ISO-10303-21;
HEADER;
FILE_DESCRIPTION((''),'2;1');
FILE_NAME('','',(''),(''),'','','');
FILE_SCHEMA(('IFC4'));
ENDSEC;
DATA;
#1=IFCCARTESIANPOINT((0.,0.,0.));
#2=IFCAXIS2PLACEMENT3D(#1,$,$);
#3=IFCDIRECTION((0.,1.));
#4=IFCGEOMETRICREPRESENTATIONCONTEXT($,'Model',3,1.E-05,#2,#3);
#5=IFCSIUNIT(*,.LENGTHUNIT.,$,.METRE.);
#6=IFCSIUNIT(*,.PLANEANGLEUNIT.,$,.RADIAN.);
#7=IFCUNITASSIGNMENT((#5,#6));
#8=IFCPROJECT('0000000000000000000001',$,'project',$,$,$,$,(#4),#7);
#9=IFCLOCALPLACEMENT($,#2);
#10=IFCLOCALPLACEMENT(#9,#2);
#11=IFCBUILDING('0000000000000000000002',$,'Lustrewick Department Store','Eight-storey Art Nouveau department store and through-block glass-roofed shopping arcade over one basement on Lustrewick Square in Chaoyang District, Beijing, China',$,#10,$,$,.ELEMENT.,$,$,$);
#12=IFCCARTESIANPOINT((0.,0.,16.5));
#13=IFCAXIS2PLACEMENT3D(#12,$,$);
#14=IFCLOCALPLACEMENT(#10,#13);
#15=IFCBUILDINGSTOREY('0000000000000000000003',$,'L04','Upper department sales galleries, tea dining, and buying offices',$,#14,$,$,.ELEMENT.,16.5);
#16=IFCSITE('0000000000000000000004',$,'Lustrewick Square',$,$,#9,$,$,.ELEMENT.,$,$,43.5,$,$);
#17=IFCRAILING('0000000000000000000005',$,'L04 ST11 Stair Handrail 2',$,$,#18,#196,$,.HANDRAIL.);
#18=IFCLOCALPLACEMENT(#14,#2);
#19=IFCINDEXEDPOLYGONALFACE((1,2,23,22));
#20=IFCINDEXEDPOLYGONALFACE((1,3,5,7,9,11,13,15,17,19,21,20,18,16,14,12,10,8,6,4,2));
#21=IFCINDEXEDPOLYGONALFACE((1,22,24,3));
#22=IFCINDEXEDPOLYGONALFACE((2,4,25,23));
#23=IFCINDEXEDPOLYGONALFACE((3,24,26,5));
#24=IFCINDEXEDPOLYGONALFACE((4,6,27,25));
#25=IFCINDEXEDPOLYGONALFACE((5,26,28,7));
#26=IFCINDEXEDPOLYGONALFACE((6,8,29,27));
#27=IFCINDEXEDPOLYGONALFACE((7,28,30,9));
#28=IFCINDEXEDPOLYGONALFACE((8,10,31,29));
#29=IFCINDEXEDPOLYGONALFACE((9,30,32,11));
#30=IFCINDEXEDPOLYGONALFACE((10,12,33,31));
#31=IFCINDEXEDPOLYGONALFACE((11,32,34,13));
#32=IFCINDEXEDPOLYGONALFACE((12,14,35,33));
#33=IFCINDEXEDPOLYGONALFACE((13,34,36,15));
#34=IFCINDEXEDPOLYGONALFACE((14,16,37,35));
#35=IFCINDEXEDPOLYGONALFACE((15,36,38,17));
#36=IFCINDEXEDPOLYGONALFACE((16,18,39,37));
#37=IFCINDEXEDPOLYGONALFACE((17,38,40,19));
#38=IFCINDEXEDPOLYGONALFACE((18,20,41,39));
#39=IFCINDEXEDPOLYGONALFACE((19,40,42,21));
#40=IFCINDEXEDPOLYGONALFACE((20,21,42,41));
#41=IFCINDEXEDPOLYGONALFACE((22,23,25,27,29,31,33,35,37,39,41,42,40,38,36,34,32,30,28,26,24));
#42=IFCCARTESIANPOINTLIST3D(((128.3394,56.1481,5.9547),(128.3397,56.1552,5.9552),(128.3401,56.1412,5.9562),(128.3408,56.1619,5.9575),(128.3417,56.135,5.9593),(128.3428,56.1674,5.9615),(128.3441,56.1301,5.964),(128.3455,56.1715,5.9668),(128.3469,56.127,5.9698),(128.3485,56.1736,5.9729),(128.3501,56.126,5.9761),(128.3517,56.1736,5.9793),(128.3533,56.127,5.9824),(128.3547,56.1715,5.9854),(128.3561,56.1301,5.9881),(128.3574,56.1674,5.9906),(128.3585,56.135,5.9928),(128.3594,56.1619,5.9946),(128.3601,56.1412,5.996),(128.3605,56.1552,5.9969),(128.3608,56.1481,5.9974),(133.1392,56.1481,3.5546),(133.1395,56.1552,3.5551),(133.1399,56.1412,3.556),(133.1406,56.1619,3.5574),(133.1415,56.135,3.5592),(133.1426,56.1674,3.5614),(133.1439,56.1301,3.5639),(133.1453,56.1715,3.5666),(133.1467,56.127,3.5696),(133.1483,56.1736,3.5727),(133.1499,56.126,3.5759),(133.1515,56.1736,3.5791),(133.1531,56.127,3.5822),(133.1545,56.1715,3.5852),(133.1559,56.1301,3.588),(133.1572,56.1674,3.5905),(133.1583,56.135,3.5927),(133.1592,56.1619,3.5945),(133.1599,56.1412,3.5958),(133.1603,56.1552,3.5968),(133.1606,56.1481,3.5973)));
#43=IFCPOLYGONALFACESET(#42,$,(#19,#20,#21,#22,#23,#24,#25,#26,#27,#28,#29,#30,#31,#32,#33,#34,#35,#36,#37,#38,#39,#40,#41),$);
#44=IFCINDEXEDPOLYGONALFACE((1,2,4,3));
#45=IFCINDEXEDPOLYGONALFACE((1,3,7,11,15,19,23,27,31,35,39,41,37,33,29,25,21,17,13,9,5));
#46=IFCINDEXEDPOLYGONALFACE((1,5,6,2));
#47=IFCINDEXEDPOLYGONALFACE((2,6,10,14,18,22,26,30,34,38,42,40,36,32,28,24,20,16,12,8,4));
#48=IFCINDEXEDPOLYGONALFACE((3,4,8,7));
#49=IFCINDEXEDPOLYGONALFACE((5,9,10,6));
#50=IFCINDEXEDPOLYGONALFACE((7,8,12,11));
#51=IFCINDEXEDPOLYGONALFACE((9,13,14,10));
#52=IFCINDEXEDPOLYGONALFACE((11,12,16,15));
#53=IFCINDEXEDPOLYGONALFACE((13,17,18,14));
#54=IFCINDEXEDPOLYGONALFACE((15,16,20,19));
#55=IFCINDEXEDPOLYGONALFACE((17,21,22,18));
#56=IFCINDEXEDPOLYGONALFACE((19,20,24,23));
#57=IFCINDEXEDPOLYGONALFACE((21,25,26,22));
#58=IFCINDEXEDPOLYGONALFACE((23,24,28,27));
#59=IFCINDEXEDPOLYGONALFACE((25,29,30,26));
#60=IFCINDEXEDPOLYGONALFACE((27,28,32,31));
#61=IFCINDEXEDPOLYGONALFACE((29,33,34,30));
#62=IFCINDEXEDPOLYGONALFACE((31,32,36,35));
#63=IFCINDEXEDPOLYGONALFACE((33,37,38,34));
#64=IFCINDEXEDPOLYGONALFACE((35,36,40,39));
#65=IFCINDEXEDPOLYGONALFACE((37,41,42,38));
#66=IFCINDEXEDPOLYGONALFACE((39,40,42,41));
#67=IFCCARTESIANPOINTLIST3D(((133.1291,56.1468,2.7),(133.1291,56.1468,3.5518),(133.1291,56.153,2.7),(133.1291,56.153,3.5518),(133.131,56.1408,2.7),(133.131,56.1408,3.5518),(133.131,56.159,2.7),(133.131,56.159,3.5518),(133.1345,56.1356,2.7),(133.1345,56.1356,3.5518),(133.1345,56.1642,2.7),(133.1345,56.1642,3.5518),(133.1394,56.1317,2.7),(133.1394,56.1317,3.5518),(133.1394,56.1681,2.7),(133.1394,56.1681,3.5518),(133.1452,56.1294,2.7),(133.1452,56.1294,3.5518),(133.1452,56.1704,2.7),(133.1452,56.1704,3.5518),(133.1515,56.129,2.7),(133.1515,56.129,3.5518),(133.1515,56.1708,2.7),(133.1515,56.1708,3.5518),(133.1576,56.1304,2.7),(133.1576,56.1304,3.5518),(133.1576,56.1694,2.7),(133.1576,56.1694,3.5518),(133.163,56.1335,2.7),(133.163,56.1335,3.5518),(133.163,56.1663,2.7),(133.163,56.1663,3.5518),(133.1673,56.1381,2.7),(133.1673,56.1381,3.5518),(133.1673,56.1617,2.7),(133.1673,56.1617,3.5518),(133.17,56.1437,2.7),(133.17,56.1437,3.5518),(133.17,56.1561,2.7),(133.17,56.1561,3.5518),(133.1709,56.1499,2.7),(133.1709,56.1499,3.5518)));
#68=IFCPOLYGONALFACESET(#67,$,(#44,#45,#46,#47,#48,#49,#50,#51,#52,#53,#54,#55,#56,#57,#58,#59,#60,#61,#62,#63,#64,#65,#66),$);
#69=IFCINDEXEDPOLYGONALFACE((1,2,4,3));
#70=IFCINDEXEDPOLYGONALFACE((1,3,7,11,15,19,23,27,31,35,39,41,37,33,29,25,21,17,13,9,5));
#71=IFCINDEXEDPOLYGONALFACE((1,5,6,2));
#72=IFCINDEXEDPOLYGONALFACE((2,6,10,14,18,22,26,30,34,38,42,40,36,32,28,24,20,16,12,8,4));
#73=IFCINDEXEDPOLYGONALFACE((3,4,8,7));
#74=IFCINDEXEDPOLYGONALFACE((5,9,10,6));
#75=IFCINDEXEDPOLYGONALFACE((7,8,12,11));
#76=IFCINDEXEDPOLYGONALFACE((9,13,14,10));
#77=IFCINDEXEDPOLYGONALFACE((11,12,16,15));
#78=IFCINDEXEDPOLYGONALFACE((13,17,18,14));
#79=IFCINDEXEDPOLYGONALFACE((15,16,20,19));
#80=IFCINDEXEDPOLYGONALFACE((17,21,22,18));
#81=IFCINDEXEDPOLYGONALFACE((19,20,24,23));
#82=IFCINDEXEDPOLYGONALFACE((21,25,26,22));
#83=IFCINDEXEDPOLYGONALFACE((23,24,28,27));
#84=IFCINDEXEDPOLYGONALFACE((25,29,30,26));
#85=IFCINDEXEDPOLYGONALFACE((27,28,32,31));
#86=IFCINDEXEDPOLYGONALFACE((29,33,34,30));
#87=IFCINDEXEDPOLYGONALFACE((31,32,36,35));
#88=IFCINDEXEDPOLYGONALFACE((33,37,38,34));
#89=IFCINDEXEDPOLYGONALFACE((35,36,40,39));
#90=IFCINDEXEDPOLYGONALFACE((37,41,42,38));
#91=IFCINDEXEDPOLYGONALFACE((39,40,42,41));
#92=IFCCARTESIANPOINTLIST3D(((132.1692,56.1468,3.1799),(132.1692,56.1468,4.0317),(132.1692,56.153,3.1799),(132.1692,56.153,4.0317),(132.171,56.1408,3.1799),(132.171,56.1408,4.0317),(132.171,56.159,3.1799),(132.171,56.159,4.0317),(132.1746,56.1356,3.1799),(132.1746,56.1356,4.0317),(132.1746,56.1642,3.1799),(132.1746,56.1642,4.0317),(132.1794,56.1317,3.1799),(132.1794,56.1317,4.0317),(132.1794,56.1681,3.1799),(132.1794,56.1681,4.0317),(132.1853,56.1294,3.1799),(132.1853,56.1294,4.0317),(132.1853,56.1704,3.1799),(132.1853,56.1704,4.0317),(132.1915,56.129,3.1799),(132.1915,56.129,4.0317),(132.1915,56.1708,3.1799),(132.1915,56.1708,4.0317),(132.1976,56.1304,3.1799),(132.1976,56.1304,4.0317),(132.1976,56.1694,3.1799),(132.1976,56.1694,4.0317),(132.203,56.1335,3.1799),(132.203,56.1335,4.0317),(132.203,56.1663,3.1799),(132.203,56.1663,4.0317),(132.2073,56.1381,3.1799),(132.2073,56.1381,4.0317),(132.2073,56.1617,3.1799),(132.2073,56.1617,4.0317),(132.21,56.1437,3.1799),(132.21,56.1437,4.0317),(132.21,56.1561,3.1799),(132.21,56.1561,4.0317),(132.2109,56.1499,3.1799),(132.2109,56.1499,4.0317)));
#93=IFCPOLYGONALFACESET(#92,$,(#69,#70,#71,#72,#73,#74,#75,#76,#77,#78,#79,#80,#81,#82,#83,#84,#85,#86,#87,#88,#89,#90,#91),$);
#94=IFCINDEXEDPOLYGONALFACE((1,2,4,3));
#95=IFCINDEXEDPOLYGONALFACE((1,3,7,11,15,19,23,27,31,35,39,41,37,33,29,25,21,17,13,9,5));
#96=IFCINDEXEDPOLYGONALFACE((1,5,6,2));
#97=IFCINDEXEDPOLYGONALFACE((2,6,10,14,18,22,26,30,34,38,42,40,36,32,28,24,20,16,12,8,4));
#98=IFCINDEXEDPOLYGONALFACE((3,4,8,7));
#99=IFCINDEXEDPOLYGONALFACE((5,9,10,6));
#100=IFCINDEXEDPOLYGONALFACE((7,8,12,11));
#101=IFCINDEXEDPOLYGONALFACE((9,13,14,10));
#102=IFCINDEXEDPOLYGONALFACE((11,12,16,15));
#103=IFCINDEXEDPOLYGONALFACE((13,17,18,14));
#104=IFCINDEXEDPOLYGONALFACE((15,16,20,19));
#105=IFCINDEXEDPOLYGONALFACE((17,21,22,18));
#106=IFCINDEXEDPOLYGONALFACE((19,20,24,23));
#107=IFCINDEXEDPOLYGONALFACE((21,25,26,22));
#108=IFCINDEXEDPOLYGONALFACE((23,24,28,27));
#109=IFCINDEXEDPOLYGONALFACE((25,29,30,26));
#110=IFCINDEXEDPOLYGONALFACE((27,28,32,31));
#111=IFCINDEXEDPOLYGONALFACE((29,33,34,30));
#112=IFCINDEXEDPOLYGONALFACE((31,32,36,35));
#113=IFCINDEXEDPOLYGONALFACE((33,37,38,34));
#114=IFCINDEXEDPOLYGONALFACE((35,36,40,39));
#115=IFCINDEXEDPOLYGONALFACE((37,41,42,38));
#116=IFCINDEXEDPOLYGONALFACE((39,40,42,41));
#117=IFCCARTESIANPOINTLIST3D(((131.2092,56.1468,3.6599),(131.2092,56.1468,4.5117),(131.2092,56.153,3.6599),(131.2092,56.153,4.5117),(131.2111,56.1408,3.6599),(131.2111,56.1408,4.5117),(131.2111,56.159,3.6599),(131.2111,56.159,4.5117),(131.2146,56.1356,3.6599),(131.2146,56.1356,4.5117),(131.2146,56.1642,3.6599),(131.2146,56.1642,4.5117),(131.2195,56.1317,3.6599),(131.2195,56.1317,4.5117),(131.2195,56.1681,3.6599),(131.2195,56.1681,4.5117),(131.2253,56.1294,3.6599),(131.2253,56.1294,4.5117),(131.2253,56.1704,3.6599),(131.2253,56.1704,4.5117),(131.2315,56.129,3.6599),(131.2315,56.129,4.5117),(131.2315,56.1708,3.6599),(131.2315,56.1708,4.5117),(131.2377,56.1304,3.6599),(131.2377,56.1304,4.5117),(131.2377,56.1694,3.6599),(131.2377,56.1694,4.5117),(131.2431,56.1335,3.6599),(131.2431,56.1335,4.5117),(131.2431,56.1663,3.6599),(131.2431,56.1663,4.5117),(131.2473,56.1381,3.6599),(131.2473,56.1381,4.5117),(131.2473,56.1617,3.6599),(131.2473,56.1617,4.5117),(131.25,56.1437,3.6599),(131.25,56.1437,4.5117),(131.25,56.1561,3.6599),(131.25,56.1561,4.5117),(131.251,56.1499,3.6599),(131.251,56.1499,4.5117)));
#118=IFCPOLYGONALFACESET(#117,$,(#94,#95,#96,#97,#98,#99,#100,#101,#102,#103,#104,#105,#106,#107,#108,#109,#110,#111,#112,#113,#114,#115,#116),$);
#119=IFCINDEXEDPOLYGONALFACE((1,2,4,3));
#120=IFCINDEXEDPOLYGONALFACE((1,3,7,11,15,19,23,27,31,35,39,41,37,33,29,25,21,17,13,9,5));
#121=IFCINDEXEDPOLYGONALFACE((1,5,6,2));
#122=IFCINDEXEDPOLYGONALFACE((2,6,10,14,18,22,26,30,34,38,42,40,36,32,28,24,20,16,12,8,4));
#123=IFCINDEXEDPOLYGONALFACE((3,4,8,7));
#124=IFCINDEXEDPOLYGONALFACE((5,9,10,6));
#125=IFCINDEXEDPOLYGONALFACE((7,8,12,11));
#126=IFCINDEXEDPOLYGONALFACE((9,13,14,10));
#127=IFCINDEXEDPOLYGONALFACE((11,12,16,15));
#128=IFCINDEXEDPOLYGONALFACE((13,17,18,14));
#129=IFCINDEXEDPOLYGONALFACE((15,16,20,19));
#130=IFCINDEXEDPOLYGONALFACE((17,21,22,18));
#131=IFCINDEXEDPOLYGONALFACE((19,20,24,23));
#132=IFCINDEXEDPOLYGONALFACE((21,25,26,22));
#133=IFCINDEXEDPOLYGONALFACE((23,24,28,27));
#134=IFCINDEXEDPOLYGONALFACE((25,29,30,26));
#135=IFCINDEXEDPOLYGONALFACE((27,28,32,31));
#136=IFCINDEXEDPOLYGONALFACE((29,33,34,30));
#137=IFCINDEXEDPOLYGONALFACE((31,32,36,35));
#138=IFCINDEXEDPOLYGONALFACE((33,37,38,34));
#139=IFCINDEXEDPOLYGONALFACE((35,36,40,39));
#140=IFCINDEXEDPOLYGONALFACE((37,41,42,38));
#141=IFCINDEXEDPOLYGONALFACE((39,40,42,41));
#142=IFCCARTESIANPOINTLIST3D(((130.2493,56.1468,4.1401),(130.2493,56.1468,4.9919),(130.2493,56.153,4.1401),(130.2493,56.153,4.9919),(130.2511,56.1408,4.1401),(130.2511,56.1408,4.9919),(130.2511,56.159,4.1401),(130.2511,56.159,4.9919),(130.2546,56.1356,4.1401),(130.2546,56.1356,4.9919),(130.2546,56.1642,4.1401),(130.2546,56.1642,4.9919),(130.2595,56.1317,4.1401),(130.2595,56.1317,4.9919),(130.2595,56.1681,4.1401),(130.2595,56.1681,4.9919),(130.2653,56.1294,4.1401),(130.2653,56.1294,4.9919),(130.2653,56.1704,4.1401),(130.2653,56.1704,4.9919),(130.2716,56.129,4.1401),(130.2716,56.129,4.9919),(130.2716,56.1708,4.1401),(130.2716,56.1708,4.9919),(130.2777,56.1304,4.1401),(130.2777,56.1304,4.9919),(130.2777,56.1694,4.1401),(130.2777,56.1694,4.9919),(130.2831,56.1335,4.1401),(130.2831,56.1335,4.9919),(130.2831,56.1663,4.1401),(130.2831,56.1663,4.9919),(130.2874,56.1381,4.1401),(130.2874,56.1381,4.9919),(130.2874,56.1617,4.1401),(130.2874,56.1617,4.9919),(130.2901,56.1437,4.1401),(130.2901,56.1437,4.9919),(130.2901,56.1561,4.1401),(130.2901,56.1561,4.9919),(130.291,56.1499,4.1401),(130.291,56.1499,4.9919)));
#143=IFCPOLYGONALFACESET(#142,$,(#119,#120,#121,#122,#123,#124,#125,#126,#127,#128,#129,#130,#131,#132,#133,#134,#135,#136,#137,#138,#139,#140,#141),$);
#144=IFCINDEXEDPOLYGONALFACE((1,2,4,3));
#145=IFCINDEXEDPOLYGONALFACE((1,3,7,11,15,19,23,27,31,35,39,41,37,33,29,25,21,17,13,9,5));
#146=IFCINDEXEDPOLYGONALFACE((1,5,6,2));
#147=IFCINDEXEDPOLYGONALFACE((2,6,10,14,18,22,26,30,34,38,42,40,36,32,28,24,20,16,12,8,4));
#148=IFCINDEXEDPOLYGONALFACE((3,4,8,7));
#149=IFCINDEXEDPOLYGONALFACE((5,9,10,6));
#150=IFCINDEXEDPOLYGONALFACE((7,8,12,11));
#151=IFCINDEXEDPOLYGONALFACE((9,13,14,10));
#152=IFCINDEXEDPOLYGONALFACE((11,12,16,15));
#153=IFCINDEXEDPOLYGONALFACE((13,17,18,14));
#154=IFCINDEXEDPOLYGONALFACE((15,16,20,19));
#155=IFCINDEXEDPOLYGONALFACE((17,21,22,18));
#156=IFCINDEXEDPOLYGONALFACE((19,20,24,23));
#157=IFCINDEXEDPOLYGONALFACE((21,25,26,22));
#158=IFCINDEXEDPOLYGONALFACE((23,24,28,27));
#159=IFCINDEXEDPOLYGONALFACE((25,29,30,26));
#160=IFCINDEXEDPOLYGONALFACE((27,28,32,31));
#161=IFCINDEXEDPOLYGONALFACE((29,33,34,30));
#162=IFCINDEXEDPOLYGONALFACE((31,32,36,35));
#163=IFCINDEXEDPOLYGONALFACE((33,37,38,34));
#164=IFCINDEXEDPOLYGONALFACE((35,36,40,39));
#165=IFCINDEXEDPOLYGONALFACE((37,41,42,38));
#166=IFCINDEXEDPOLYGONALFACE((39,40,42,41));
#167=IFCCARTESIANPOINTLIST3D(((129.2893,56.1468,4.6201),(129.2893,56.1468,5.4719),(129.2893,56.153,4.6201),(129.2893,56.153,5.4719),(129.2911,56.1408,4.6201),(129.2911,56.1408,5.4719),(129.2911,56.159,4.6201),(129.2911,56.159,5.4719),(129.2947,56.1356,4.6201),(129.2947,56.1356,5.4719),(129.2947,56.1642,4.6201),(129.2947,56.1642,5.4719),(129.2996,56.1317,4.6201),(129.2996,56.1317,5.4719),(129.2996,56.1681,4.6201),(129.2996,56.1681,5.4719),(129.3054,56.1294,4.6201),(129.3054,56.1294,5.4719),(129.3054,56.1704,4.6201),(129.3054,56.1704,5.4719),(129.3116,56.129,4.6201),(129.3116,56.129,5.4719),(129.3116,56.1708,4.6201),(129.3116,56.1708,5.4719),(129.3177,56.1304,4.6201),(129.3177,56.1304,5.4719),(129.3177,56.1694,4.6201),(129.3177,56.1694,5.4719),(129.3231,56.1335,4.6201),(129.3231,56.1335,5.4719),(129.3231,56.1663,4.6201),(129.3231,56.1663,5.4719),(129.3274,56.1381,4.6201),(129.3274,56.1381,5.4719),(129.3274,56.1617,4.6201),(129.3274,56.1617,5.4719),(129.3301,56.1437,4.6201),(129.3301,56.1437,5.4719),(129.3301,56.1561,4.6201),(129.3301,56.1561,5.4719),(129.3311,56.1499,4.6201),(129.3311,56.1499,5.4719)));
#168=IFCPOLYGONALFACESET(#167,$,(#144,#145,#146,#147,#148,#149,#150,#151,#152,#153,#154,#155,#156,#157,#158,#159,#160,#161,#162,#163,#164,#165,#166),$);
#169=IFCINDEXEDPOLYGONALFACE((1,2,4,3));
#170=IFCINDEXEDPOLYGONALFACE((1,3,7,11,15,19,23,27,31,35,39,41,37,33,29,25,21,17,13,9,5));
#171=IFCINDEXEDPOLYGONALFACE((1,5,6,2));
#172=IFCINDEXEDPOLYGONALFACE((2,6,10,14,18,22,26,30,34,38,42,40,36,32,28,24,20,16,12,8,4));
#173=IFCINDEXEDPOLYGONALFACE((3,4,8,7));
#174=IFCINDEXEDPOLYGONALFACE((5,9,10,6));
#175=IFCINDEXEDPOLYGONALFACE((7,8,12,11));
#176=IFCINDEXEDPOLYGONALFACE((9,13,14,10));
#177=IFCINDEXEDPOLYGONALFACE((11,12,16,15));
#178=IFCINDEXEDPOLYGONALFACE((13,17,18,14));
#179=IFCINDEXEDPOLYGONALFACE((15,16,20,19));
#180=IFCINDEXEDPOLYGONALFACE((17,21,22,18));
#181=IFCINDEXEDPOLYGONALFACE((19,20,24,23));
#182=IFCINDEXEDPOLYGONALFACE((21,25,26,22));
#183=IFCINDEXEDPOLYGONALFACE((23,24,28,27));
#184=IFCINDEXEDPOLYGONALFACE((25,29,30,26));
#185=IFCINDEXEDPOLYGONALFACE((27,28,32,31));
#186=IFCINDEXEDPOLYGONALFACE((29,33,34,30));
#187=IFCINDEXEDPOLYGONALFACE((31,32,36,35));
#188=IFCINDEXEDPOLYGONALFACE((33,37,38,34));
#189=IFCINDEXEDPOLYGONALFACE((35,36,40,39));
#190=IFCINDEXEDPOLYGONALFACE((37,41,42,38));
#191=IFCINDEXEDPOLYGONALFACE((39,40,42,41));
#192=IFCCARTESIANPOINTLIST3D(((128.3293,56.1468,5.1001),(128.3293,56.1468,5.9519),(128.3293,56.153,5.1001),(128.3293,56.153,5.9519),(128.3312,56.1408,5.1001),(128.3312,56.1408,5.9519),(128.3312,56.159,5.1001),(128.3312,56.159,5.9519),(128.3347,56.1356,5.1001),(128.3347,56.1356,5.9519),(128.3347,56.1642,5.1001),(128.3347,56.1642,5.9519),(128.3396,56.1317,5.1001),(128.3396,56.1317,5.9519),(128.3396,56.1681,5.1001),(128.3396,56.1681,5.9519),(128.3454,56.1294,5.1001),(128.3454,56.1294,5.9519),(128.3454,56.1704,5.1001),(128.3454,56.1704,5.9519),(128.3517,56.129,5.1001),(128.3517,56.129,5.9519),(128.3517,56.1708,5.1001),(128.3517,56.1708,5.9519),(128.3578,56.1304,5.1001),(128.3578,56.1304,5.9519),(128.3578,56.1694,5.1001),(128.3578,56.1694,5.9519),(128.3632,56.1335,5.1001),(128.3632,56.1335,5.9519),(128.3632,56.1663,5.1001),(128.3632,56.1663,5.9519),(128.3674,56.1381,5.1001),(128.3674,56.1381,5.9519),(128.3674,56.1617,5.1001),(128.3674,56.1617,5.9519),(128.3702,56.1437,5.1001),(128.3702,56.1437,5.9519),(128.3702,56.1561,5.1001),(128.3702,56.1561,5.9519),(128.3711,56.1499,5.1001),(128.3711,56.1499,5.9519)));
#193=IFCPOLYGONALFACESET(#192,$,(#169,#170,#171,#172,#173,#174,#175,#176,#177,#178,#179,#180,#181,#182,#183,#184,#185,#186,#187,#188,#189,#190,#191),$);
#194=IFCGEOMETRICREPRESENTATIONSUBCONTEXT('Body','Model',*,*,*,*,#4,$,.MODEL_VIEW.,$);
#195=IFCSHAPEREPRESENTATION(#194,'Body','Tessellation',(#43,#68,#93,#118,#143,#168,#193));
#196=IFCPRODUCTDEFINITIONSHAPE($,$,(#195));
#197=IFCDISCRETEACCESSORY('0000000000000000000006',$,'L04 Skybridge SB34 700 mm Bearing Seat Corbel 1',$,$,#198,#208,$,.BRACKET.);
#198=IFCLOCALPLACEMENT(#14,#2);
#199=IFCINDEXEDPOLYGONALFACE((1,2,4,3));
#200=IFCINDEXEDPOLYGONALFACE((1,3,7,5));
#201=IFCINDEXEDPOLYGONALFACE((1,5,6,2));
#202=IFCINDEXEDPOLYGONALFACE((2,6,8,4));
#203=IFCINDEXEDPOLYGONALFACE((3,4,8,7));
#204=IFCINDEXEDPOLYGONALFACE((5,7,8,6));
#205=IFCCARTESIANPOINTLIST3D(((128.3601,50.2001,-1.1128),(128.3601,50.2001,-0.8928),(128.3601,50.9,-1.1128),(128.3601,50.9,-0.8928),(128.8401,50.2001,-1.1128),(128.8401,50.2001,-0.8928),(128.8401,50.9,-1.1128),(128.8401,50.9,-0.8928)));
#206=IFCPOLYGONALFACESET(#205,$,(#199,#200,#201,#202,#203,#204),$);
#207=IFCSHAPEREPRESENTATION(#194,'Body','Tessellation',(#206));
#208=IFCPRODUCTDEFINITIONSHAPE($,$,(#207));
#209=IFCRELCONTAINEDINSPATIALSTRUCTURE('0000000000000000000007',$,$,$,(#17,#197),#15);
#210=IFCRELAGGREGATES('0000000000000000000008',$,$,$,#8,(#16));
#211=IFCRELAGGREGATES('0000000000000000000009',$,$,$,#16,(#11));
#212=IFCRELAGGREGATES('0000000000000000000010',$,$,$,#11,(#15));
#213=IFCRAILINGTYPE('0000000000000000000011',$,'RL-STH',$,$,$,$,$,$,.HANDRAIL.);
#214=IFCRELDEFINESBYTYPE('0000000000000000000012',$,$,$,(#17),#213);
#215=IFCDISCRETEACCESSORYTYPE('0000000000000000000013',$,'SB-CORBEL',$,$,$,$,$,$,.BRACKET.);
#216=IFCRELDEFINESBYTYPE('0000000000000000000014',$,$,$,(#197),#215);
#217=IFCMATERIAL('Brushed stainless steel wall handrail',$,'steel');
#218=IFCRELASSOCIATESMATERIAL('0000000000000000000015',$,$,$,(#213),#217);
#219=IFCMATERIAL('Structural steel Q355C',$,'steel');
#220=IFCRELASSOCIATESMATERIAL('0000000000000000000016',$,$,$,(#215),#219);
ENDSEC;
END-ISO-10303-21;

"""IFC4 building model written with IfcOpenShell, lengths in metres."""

from ifc_helpers import new_model, si_unit, direction, frame, origin, origin_2d, place, context, subcontext, project, spatial, rectangle, circle, extrude, material, type_object, element, save


model = new_model("IFC4")

# Units and contexts
model_context = context("Model", 3, precision=1e-05, world=origin(), true_north=direction((0.0, 1.0)))
body_context = subcontext(model_context, "Body", "Model", "MODEL_VIEW")
ifc_project = project(units=[si_unit("LENGTHUNIT", "METRE"), si_unit("PLANEANGLEUNIT", "RADIAN")], contexts=[model_context])

# Site, building, storey
site_placement = place(None, origin())
site = spatial("IfcSite", under=ifc_project, at=site_placement, Name="Lustrewick Square", CompositionType="ELEMENT", RefElevation=43.5)
building_placement = place(site_placement, origin())
building = spatial("IfcBuilding", under=site, at=building_placement, Name="Lustrewick Department Store", Description="Eight-storey Art Nouveau department store and through-block glass-roofed shopping arcade over one basement on Lustrewick Square in Chaoyang District, Beijing, China", CompositionType="ELEMENT")
storey_placement = place(building_placement, frame((0.0, 0.0, 16.5)))
storey = spatial("IfcBuildingStorey", under=building, at=storey_placement, Name="L04", Description="Upper department sales galleries, tea dining, and buying offices", CompositionType="ELEMENT", Elevation=16.5)

# Shared definitions
ifc_material_1 = material(Name="Structural steel Q355C", Category="steel")

# Railing
ifc_material_2 = material(Name="Brushed stainless steel wall handrail", Category="steel")
railing_type_1 = type_object("IfcRailingType", Name="RL-STH", PredefinedType="HANDRAIL", material=ifc_material_2)
railing_1_placement = place(storey_placement, frame((133.1499, 56.1499, 2.7)))
element("IfcRailing", 1, at=railing_1_placement, inside=storey, type_object=railing_type_1, Name="L04 ST11 Stair Handrail 2", PredefinedType="HANDRAIL", context=body_context, shape_type="SweptSolid", body=[
    extrude(circle(Radius=0.0239, at=origin_2d()), frame((0.0, 0.0, 0.876), z_axis=(-0.894409, 0.0, 0.44725), x_axis=(0.0, -1.0, 0.0)), (0.0, 0.0, 1.0), 5.3665),
    extrude(circle(Radius=0.021, at=origin_2d()), origin(), (0.0, 0.0, 1.0), 0.8518),
    extrude(circle(Radius=0.021, at=origin_2d()), frame((-0.96, 0.0, 0.48)), (0.0, 0.0, 1.0), 0.8518),
    extrude(circle(Radius=0.021, at=origin_2d()), frame((-1.9199, 0.0, 0.96)), (0.0, 0.0, 1.0), 0.8518),
    extrude(circle(Radius=0.021, at=origin_2d()), frame((-2.8799, 0.0, 1.4402)), (0.0, 0.0, 1.0), 0.8518),
    extrude(circle(Radius=0.021, at=origin_2d()), frame((-3.8398, 0.0, 1.9202)), (0.0, 0.0, 1.0), 0.8518),
    extrude(circle(Radius=0.021, at=origin_2d()), frame((-4.7998, 0.0, 2.4001)), (0.0, 0.0, 1.0), 0.8518),
])

# Discrete accessory
discrete_accessory_type_1 = type_object("IfcDiscreteAccessoryType", Name="SB-CORBEL", PredefinedType="BRACKET", material=ifc_material_1)
for number, where, z_axis, x_axis, name in (
    (2, (128.6001, 50.55, -1.1128), (0.0, 0.0, 1.0), (1.0, 0.0, 0.0), "L04 Skybridge SB34 700 mm Bearing Seat Corbel 1"),
):
    element("IfcDiscreteAccessory", number, at=place(storey_placement, frame(where, z_axis=z_axis, x_axis=x_axis)), inside=storey, type_object=discrete_accessory_type_1, Name=name, PredefinedType="BRACKET", context=body_context, shape_type="SweptSolid", body=[
        extrude(rectangle(XDim=0.48, YDim=0.7, at=origin_2d()), origin(), (0.0, 0.0, 1.0), 0.22),
    ])

save(model, "model.ifc")
